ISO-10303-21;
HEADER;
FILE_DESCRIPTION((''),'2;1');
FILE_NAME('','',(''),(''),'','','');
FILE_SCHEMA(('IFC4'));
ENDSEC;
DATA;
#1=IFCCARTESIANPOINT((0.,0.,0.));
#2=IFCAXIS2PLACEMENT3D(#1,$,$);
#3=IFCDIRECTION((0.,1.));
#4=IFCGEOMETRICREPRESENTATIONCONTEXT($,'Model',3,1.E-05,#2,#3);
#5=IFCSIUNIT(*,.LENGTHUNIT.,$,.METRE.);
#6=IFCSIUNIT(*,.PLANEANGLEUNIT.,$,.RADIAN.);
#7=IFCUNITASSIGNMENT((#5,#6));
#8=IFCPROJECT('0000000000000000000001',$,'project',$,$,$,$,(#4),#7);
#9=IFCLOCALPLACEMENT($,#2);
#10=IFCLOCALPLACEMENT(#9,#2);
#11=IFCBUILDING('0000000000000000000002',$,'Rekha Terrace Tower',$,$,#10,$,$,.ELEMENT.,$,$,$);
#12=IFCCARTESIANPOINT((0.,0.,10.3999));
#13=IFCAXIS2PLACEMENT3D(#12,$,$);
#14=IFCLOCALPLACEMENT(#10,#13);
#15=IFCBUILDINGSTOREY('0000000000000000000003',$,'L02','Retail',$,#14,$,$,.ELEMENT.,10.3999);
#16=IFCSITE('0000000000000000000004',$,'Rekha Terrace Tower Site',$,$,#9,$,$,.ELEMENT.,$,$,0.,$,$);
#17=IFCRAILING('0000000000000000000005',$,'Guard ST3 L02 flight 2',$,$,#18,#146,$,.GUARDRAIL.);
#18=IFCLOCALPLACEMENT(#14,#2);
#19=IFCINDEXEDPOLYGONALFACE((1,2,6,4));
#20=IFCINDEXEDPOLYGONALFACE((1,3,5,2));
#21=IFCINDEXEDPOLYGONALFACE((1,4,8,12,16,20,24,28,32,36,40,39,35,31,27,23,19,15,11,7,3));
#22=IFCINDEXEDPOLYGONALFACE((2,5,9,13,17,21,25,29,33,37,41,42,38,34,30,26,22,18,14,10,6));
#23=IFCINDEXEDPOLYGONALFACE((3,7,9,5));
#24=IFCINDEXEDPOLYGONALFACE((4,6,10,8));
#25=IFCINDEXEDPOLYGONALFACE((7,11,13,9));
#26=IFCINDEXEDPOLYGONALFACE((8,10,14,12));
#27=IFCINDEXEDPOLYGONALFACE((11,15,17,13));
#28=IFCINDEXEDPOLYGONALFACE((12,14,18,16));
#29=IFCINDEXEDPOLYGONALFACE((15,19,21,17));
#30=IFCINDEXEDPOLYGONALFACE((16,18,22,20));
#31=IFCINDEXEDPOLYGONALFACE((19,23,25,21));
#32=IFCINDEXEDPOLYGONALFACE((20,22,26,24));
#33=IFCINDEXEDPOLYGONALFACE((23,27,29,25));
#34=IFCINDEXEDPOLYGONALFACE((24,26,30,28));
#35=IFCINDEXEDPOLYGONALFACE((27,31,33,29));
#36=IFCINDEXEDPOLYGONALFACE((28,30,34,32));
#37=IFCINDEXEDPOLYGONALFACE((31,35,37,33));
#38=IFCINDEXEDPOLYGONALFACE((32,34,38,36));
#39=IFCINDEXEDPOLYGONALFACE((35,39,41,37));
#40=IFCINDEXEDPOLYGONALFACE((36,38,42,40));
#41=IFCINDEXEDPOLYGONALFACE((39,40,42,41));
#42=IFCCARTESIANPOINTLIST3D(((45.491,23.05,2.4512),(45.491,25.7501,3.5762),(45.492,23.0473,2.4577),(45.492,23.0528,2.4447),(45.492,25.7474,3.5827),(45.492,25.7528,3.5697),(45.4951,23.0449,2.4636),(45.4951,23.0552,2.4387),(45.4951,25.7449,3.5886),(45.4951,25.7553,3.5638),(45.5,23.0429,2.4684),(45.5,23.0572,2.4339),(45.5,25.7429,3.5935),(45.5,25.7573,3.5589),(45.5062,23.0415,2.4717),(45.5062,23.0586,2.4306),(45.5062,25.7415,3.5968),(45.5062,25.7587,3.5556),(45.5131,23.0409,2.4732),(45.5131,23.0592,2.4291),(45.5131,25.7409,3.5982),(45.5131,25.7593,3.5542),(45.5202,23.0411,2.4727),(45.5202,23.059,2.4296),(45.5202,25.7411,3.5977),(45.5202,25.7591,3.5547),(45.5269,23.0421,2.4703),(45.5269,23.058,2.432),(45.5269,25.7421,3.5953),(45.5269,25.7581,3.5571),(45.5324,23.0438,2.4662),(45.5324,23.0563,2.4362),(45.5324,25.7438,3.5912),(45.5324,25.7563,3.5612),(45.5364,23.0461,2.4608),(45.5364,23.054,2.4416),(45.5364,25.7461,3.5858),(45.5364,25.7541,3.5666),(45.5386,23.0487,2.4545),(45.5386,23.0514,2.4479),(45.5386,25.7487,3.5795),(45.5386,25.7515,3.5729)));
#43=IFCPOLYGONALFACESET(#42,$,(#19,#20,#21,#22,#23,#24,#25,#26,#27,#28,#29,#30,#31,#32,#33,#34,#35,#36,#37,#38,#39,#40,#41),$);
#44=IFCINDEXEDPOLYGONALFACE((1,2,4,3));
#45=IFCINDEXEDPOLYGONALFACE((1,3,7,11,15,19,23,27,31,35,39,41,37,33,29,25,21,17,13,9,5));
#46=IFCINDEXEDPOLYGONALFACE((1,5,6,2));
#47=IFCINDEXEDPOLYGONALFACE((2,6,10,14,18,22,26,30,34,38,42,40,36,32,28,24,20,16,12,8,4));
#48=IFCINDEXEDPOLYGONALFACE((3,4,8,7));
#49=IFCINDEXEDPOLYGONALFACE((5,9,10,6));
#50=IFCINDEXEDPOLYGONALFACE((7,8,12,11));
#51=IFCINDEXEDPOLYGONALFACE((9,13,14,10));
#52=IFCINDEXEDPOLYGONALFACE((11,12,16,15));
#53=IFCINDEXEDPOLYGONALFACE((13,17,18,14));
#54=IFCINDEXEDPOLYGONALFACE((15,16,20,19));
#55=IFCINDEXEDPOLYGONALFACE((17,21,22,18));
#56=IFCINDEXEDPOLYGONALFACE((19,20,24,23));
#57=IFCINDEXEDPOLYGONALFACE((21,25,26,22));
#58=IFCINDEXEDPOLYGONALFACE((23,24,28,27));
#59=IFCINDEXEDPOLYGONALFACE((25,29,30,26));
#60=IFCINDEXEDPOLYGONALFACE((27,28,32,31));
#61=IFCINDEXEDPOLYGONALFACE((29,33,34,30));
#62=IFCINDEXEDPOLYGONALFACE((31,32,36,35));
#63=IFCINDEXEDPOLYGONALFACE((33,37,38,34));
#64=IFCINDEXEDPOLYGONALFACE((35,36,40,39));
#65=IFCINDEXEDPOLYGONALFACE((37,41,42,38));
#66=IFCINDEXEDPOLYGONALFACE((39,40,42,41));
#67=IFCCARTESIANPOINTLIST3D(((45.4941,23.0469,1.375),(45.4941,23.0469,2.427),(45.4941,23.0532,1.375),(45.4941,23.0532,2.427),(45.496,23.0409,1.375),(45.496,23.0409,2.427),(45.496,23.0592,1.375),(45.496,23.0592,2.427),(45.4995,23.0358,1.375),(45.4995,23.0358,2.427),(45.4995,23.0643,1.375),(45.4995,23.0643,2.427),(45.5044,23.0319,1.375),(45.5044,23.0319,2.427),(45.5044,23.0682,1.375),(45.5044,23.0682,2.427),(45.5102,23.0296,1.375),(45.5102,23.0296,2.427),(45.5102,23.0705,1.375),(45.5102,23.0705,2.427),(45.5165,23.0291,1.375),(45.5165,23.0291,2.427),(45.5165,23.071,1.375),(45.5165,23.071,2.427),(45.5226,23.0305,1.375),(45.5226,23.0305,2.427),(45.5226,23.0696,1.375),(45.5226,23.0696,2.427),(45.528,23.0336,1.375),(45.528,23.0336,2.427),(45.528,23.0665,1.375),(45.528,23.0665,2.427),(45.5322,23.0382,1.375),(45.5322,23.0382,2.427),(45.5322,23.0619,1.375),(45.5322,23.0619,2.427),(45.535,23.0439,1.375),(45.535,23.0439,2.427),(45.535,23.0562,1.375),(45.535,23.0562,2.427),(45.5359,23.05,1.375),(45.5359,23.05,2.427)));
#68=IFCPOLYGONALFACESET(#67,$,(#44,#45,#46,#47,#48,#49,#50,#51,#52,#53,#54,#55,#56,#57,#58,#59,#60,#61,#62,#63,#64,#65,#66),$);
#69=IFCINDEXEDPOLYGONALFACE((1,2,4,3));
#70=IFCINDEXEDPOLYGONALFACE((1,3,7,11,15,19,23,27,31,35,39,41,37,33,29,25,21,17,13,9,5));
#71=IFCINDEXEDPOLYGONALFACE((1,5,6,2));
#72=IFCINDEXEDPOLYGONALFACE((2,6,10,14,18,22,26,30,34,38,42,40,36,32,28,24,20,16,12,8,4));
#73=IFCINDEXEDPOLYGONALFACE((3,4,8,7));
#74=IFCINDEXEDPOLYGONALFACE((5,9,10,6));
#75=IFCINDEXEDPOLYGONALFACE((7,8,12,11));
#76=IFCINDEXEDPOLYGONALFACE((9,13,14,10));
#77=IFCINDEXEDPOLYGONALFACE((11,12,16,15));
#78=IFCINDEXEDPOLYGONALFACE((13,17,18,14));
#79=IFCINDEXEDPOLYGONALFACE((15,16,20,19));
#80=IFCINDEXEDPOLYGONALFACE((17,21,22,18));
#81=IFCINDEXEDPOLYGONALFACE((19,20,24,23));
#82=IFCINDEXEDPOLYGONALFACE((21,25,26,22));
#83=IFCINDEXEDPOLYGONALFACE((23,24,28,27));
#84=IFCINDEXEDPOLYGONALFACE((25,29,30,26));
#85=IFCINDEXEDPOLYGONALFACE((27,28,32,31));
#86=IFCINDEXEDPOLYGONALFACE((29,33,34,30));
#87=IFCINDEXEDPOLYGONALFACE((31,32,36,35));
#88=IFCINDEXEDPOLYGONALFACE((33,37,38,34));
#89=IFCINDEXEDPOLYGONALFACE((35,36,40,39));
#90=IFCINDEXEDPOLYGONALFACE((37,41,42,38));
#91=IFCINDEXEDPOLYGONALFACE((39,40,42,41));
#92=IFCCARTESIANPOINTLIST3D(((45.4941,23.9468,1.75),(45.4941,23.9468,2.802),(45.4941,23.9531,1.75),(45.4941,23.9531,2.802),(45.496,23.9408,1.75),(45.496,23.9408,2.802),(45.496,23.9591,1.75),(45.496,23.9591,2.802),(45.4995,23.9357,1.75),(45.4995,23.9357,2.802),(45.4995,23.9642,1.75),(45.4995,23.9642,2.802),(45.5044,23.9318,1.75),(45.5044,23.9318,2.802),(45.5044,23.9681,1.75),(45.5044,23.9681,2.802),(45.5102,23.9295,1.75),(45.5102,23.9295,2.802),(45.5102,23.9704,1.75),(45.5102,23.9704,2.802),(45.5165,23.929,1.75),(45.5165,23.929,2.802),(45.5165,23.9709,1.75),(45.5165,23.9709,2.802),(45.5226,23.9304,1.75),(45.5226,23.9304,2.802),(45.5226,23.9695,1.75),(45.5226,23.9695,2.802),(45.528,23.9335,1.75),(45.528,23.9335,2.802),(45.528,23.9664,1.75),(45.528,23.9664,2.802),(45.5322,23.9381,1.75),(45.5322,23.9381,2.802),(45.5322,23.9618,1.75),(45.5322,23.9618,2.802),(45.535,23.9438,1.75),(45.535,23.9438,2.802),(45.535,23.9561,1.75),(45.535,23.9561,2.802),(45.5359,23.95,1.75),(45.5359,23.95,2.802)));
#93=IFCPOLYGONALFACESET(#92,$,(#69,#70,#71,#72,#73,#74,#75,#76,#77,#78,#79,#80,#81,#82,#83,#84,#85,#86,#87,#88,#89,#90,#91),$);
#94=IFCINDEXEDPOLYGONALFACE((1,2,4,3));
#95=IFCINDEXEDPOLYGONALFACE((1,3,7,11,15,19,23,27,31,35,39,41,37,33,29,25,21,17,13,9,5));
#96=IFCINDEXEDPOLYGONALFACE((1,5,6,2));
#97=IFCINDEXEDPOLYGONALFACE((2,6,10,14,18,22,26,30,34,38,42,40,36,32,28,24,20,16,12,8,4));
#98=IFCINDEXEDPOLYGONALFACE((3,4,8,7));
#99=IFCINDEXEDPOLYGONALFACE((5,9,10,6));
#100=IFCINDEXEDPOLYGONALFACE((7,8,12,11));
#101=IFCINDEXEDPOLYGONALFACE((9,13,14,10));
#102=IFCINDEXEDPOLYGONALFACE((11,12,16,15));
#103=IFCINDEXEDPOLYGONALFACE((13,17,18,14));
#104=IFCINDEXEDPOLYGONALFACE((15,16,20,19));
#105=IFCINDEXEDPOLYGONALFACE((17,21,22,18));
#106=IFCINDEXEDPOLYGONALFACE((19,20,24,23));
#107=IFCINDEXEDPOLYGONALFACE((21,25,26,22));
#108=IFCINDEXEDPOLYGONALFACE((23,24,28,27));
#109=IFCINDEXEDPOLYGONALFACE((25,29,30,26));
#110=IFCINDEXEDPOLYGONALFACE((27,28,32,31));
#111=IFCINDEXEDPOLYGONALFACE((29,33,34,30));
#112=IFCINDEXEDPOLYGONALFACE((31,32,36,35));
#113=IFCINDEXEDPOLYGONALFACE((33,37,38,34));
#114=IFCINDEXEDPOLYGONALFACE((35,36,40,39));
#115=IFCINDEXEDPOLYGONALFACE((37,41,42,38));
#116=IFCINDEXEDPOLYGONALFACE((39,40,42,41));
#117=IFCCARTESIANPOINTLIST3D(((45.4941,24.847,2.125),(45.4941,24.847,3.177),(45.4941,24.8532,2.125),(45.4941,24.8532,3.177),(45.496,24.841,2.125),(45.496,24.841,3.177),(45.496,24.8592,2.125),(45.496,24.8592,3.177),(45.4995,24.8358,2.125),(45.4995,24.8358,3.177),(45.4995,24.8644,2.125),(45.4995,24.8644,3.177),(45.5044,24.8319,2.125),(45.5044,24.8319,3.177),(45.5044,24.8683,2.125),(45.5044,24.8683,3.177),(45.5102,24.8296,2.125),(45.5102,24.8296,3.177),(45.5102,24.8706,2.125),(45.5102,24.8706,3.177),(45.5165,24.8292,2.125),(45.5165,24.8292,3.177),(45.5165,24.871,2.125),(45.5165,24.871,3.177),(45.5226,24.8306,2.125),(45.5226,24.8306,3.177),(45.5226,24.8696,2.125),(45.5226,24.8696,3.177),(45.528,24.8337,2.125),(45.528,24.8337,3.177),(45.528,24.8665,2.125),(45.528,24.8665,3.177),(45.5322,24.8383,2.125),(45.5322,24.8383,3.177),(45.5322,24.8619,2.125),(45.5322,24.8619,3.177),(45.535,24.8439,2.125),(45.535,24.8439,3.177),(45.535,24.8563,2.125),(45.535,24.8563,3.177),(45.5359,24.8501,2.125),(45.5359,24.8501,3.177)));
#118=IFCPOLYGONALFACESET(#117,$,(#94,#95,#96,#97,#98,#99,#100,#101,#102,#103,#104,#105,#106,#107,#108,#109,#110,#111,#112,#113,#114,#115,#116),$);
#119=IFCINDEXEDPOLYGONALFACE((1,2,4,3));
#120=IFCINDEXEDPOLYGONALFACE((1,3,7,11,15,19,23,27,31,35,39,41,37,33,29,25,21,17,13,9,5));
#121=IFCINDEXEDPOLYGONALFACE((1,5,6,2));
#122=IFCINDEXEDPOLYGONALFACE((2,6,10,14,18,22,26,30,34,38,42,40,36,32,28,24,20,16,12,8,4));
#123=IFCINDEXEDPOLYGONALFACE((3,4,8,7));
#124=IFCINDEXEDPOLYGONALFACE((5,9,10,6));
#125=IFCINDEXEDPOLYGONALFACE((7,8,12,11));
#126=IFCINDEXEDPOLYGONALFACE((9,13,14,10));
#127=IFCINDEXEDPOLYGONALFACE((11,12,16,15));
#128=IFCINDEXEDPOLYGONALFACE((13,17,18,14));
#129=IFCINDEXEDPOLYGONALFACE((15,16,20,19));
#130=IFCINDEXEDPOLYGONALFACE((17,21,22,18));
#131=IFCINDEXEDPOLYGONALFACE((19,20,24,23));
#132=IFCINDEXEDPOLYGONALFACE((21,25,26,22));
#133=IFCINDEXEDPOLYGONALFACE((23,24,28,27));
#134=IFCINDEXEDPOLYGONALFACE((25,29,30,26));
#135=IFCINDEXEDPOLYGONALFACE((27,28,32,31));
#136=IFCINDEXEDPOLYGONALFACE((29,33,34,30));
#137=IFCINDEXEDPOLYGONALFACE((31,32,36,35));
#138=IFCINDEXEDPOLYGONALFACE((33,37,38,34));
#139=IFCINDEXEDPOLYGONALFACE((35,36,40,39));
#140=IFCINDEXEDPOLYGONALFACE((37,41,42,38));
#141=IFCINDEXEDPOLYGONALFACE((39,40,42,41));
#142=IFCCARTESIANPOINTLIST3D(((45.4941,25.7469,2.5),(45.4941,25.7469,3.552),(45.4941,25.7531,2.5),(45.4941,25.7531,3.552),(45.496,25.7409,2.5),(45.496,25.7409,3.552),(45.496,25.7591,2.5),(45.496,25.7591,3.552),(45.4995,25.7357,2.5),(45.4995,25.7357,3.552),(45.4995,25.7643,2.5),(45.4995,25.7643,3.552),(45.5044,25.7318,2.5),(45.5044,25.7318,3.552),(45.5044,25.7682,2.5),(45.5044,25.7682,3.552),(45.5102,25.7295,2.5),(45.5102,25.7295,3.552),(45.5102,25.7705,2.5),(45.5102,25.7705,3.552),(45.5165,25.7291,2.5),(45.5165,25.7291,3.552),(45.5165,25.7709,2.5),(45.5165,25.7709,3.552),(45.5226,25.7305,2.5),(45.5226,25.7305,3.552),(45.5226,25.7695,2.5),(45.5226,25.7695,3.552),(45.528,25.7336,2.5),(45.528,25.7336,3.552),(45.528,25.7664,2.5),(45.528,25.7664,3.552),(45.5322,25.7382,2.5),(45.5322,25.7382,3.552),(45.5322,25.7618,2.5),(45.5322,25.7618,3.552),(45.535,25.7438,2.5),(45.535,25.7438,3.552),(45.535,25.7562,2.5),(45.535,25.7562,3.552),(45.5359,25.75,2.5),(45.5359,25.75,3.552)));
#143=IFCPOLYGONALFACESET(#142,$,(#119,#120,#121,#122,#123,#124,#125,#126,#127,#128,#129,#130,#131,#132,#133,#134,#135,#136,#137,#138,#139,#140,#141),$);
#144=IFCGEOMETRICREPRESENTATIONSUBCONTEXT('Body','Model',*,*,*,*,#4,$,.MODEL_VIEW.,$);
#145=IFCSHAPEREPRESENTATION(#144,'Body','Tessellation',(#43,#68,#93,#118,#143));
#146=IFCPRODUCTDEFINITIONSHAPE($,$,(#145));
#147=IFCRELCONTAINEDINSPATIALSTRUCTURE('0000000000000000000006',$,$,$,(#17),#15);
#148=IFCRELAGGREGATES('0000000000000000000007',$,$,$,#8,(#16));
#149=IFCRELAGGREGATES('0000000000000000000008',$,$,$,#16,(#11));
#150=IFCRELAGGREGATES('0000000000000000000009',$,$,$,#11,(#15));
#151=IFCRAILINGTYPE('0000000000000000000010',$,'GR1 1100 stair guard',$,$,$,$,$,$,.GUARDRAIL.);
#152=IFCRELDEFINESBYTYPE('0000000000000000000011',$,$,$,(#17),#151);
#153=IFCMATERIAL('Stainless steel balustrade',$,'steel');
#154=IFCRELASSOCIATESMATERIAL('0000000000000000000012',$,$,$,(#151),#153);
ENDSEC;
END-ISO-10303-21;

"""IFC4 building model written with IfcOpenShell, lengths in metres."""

from ifc_helpers import new_model, si_unit, direction, frame, origin, origin_2d, place, context, subcontext, project, spatial, circle, extrude, material, type_object, element, save


model = new_model("IFC4")

# Units and contexts
model_context = context("Model", 3, precision=1e-05, world=origin(), true_north=direction((0.0, 1.0)))
body_context = subcontext(model_context, "Body", "Model", "MODEL_VIEW")
ifc_project = project(units=[si_unit("LENGTHUNIT", "METRE"), si_unit("PLANEANGLEUNIT", "RADIAN")], contexts=[model_context])

# Site, building, storey
site_placement = place(None, origin())
site = spatial("IfcSite", under=ifc_project, at=site_placement, Name="Rekha Terrace Tower Site", CompositionType="ELEMENT", RefElevation=0.0)
building_placement = place(site_placement, origin())
building = spatial("IfcBuilding", under=site, at=building_placement, Name="Rekha Terrace Tower", CompositionType="ELEMENT")
storey_placement = place(building_placement, frame((0.0, 0.0, 10.3999)))
storey = spatial("IfcBuildingStorey", under=building, at=storey_placement, Name="L02", Description="Retail", CompositionType="ELEMENT", Elevation=10.3999)

# Railing
ifc_material_1 = material(Name="Stainless steel balustrade", Category="steel")
railing_type_1 = type_object("IfcRailingType", Name="GR1 1100 stair guard", PredefinedType="GUARDRAIL", material=ifc_material_1)
railing_1_placement = place(storey_placement, frame((45.5149, 23.05, 1.375)))
element("IfcRailing", 1, at=railing_1_placement, inside=storey, type_object=railing_type_1, Name="Guard ST3 L02 flight 2", PredefinedType="GUARDRAIL", context=body_context, shape_type="SweptSolid", body=[
    extrude(circle(Radius=0.0239, at=origin_2d()), frame((0.0, 0.0, 1.0762), z_axis=(0.0, 0.923074, 0.384621), x_axis=(-1.0, 0.0, 0.0)), (0.0, 0.0, 1.0), 2.925),
    extrude(circle(Radius=0.021, at=origin_2d()), origin(), (0.0, 0.0, 1.0), 1.052),
    extrude(circle(Radius=0.021, at=origin_2d()), frame((0.0, 0.8999, 0.375)), (0.0, 0.0, 1.0), 1.052),
    extrude(circle(Radius=0.021, at=origin_2d()), frame((0.0, 1.8, 0.75)), (0.0, 0.0, 1.0), 1.052),
    extrude(circle(Radius=0.021, at=origin_2d()), frame((0.0, 2.7, 1.125)), (0.0, 0.0, 1.0), 1.052),
])

save(model, "model.ifc")
